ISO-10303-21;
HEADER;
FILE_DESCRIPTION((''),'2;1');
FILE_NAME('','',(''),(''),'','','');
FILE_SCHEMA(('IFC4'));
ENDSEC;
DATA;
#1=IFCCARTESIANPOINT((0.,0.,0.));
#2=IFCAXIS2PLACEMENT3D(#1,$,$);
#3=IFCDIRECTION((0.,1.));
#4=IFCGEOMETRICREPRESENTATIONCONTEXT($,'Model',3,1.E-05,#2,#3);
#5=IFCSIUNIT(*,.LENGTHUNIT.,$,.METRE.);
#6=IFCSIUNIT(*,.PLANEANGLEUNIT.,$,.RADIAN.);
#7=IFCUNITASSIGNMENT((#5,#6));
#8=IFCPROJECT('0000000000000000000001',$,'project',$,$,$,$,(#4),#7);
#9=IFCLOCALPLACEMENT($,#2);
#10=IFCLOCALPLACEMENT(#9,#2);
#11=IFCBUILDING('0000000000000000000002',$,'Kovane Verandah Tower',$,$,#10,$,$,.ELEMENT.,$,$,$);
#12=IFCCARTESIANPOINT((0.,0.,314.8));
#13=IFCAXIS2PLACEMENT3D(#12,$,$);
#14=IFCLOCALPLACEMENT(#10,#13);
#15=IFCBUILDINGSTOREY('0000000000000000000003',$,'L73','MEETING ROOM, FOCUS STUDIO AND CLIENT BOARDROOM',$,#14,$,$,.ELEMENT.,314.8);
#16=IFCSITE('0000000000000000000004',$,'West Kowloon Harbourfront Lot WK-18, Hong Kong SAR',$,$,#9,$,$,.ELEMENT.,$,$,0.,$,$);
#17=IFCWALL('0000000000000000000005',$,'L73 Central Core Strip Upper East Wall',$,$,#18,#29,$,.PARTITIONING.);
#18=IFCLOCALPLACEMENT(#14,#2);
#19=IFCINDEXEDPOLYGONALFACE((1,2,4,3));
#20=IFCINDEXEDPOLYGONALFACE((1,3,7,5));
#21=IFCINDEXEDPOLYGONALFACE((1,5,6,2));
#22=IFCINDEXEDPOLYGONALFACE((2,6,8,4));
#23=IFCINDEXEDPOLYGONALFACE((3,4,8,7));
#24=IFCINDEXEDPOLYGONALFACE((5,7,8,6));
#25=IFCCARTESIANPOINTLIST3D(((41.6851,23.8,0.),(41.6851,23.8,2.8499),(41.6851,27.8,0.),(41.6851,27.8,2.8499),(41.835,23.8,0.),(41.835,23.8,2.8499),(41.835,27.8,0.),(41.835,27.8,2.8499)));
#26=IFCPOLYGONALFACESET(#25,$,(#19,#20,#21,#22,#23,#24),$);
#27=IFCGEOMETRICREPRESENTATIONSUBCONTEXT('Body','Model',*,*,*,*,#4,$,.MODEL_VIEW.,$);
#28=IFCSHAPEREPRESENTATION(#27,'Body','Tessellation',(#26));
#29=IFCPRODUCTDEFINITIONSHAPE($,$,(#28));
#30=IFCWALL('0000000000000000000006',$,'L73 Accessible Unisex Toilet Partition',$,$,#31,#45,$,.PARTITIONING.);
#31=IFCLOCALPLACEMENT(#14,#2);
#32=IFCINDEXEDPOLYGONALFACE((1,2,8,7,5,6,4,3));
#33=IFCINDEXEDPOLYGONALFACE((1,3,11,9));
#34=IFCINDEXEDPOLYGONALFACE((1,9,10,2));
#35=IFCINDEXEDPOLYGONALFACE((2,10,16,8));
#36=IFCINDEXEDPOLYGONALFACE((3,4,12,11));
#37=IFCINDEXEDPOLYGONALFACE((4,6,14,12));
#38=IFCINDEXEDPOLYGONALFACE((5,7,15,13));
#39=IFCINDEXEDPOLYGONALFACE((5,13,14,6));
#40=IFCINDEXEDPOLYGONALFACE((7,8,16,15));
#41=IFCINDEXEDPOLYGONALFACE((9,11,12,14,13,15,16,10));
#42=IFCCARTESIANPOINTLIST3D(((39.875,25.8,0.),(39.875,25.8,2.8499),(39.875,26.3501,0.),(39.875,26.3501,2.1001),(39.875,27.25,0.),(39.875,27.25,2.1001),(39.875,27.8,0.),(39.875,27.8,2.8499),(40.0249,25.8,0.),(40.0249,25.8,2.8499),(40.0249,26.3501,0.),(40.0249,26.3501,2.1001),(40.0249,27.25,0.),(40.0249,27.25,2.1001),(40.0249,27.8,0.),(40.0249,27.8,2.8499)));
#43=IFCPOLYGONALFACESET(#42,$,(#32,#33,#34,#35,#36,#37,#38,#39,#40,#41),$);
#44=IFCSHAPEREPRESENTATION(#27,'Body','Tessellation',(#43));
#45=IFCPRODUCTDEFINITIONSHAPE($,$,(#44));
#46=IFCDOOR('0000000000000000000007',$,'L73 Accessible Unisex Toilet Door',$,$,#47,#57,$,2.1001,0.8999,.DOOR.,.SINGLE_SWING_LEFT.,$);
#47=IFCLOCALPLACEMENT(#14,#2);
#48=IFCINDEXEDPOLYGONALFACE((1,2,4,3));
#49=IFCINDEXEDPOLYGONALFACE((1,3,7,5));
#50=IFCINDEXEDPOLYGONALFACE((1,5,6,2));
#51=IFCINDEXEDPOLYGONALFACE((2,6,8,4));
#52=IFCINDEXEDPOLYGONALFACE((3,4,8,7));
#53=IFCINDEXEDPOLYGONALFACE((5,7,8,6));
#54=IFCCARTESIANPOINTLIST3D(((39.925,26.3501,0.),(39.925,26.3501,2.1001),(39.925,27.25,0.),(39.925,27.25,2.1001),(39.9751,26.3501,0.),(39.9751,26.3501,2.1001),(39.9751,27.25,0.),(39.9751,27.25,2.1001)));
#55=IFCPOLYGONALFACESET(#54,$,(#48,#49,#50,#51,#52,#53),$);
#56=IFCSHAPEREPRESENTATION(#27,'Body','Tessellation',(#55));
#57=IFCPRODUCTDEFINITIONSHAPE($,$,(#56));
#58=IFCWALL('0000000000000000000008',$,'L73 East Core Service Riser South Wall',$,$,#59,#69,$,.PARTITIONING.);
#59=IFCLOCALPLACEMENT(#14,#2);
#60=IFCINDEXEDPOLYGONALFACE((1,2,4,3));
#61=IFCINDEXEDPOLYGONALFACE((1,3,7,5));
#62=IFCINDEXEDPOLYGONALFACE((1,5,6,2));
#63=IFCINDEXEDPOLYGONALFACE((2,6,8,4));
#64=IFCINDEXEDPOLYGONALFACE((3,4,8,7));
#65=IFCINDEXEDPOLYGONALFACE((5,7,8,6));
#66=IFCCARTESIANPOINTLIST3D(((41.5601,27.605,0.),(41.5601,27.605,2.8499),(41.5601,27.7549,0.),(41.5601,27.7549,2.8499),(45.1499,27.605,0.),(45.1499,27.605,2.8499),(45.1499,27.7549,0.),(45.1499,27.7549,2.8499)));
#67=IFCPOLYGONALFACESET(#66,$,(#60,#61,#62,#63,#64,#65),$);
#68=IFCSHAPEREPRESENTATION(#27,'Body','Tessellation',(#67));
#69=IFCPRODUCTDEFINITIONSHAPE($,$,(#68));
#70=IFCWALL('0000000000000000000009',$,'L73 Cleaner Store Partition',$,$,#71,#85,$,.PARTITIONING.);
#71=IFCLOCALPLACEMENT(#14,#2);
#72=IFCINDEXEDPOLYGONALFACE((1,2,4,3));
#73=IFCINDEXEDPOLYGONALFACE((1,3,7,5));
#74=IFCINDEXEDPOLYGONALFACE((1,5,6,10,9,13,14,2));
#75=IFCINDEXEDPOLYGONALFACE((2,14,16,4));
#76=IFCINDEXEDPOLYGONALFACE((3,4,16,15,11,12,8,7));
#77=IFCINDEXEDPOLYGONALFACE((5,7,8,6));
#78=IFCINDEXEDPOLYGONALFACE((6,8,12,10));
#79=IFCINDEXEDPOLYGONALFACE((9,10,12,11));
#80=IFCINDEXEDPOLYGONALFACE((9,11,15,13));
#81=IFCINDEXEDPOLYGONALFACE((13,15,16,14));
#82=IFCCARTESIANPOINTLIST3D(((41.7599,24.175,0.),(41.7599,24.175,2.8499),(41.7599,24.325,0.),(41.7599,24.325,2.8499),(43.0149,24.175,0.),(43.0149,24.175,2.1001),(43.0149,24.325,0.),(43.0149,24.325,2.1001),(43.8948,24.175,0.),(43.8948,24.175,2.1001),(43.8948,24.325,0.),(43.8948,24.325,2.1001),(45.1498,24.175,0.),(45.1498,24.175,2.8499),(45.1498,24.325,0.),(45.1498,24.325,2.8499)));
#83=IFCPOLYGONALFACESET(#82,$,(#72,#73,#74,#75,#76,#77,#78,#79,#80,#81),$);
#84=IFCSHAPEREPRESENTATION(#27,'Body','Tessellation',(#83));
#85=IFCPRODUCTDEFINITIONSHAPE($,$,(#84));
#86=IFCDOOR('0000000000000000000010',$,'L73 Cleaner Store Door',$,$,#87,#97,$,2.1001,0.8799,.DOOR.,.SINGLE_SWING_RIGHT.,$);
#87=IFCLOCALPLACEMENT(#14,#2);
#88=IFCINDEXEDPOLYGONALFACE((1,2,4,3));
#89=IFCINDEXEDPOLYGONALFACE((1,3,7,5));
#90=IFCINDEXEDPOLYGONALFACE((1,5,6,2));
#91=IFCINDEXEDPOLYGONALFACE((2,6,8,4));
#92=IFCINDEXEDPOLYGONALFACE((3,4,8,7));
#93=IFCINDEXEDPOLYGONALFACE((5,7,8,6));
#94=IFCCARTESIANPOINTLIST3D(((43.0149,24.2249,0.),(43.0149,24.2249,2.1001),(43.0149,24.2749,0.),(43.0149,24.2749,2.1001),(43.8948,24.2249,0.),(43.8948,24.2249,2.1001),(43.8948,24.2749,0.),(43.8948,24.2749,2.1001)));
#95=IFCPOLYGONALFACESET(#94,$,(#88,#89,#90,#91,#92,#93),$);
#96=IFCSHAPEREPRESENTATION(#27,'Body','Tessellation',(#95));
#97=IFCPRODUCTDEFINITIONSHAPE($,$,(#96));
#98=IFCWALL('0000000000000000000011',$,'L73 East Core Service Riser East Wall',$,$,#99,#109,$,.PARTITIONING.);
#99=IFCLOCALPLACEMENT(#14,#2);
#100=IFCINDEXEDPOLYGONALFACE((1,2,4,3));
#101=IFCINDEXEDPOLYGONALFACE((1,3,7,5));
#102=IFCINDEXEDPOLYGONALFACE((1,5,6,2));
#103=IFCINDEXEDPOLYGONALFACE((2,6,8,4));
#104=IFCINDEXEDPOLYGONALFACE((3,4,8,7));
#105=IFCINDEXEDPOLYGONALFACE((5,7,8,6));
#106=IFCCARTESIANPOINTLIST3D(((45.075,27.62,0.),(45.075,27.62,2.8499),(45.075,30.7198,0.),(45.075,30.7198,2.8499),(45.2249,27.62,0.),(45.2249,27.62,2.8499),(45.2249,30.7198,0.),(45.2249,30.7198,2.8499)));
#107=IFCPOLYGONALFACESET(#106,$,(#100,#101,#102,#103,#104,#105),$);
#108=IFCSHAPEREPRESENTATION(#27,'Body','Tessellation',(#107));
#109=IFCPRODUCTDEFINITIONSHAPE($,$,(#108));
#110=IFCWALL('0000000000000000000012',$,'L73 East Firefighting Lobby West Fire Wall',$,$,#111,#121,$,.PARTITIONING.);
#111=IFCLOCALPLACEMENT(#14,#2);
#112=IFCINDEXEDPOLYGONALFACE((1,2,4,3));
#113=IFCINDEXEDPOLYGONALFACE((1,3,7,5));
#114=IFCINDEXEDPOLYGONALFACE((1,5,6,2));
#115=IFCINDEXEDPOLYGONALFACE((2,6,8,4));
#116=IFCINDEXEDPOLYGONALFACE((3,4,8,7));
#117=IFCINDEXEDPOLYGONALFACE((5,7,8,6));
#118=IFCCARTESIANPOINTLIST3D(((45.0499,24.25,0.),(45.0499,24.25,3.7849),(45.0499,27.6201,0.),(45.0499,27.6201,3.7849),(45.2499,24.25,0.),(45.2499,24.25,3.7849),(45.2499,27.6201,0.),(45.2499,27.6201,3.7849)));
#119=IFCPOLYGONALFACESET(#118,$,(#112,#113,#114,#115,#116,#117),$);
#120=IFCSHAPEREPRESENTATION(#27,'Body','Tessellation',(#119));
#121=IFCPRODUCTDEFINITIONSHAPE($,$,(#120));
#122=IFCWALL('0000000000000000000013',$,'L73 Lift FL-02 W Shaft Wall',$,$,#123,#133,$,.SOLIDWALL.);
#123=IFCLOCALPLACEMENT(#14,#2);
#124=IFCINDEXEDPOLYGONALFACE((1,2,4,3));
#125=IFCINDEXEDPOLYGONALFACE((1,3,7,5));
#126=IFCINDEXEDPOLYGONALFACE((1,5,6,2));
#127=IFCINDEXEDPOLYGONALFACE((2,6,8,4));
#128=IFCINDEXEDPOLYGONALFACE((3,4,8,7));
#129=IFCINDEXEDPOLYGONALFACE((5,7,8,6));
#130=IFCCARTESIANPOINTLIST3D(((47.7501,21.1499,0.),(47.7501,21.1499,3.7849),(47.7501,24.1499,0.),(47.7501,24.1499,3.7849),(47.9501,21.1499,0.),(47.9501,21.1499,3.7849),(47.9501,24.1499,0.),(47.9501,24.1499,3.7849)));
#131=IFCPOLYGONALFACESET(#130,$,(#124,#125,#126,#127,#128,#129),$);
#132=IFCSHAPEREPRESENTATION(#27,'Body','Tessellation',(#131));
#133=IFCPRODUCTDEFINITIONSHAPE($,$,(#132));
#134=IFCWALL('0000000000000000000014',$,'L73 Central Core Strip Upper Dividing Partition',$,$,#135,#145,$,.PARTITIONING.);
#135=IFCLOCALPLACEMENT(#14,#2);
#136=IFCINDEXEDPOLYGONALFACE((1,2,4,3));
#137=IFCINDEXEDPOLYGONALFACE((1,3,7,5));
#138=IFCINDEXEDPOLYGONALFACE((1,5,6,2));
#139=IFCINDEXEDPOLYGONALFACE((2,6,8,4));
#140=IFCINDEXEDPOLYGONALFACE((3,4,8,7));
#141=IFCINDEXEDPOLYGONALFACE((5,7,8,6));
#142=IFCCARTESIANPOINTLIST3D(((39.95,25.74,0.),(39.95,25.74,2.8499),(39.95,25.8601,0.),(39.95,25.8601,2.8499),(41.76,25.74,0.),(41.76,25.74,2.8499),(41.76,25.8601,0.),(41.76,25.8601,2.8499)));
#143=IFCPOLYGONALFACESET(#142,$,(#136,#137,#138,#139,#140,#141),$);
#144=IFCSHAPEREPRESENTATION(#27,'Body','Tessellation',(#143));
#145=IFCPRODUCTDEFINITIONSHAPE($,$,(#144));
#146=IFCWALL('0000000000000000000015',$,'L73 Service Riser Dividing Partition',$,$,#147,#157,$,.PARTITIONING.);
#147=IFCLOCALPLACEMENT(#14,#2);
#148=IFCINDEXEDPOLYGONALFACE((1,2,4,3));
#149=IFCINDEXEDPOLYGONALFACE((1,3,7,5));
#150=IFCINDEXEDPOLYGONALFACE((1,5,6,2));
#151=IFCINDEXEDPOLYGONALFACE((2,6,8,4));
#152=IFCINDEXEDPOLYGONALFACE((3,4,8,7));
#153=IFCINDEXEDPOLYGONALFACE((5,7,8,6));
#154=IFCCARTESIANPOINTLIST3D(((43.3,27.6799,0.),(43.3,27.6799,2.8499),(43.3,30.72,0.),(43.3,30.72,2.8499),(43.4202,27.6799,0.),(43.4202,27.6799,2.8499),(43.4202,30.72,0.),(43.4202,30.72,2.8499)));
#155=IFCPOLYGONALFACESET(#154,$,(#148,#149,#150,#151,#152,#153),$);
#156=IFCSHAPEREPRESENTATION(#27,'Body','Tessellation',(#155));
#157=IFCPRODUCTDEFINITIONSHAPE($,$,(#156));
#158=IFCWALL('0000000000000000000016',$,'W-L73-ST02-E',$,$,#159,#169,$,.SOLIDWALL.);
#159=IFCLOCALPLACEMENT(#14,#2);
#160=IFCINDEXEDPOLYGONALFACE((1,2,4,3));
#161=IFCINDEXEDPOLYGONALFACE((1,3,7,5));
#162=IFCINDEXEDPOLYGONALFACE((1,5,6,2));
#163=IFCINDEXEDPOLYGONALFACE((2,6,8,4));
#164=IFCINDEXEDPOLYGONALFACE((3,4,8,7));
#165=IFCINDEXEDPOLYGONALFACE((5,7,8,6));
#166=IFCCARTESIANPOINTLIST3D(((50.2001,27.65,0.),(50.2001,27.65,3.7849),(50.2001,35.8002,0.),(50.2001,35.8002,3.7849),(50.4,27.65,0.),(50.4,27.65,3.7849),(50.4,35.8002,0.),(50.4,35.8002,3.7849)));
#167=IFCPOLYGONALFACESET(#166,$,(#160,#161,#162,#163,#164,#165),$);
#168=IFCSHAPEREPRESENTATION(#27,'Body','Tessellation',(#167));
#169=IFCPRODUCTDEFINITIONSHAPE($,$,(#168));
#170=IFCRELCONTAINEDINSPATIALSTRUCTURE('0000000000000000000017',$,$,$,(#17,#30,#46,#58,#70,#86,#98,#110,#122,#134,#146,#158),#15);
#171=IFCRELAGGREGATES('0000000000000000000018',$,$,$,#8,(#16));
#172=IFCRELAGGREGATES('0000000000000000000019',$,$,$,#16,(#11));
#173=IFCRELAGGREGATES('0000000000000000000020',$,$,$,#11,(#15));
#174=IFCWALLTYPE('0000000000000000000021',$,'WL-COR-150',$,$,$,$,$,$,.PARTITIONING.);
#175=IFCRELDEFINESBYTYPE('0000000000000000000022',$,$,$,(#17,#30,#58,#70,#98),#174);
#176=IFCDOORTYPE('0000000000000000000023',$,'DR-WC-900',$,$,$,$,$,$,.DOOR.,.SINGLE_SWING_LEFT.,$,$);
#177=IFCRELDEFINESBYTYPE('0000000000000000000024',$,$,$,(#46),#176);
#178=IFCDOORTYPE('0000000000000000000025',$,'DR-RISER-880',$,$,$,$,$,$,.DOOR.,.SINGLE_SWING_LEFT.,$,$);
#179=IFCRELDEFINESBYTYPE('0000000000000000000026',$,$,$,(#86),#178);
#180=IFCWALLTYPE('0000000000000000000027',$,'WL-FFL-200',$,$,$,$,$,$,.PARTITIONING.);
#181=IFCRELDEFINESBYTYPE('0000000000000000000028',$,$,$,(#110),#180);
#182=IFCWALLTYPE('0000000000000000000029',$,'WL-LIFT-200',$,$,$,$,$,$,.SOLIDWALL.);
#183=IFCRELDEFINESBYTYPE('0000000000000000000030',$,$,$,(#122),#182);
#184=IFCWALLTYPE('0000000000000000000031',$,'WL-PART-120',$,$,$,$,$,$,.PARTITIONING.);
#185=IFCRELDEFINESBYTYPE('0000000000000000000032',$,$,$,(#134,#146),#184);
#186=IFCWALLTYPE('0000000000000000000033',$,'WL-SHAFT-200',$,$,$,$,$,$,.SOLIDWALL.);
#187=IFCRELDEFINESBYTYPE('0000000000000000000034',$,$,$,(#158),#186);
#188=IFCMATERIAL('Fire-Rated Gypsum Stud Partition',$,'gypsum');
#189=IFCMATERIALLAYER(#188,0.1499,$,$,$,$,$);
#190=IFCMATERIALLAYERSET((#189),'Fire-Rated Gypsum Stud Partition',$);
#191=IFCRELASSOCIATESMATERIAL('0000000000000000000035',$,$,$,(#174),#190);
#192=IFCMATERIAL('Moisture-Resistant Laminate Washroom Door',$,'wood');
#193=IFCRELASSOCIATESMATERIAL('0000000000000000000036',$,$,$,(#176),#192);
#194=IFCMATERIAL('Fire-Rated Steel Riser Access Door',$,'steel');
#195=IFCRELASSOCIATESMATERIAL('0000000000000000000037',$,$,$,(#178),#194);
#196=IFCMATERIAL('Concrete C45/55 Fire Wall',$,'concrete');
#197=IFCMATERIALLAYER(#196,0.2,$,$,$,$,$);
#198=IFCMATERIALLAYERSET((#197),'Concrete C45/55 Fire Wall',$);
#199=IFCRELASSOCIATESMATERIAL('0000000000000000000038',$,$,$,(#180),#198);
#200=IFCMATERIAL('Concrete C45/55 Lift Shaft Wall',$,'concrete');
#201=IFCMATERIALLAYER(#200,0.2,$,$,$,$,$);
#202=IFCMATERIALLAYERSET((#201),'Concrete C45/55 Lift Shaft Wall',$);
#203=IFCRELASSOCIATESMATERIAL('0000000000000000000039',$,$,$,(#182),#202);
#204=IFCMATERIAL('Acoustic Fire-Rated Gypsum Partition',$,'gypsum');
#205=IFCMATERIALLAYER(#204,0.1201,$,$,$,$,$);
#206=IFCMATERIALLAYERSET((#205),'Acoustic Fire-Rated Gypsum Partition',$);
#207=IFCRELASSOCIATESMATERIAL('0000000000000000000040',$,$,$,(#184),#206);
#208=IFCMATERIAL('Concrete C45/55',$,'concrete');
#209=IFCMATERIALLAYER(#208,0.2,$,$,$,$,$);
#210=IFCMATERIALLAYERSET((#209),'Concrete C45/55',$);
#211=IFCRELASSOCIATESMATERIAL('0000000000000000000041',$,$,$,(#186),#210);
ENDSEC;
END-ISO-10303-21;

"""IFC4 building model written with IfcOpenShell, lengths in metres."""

from ifc_helpers import new_model, si_unit, direction, frame, frame_2d, origin, place, context, subcontext, project, spatial, rectangle, extrude, material, layer, layer_set, type_object, element, fill, save


model = new_model("IFC4")

# Units and contexts
model_context = context("Model", 3, precision=1e-05, world=origin(), true_north=direction((0.0, 1.0)))
body_context = subcontext(model_context, "Body", "Model", "MODEL_VIEW")
ifc_project = project(units=[si_unit("LENGTHUNIT", "METRE"), si_unit("PLANEANGLEUNIT", "RADIAN")], contexts=[model_context])

# Site, building, storey
site_placement = place(None, origin())
site = spatial("IfcSite", under=ifc_project, at=site_placement, Name="West Kowloon Harbourfront Lot WK-18, Hong Kong SAR", CompositionType="ELEMENT", RefElevation=0.0)
building_placement = place(site_placement, origin())
building = spatial("IfcBuilding", under=site, at=building_placement, Name="Kovane Verandah Tower", CompositionType="ELEMENT")
storey_placement = place(building_placement, frame((0.0, 0.0, 314.8)))
storey = spatial("IfcBuildingStorey", under=building, at=storey_placement, Name="L73", Description="MEETING ROOM, FOCUS STUDIO AND CLIENT BOARDROOM", CompositionType="ELEMENT", Elevation=314.8)

# Wall
ifc_material_1 = material(Name="Fire-Rated Gypsum Stud Partition", Category="gypsum")
ifc_layer_1 = layer(ifc_material_1, 0.1499)
ifc_layer_set_1 = layer_set([ifc_layer_1], Name="Fire-Rated Gypsum Stud Partition")
wall_type_1 = type_object("IfcWallType", Name="WL-COR-150", PredefinedType="PARTITIONING", material=ifc_layer_set_1)
wall_1_placement = place(storey_placement, frame((41.76, 23.8, 0.0), z_axis=(0.0, 0.0, 1.0), x_axis=(0.0, 1.0, 0.0)))
element("IfcWall", 1, at=wall_1_placement, inside=storey, type_object=wall_type_1, Name="L73 Central Core Strip Upper East Wall", PredefinedType="PARTITIONING", context=body_context, shape_type="SweptSolid", body=[
    extrude(rectangle(XDim=4.0, YDim=0.1499, at=frame_2d((2.0, 0.0))), origin(), (0.0, 0.0, 1.0), 2.8499),
])

# Wall, opening, door
wall_2_placement = place(storey_placement, frame((39.95, 25.8, 0.0), z_axis=(0.0, 0.0, 1.0), x_axis=(0.0, 1.0, 0.0)))
wall_2 = element("IfcWall", 2, at=wall_2_placement, inside=storey, type_object=wall_type_1, Name="L73 Accessible Unisex Toilet Partition", PredefinedType="PARTITIONING", context=body_context, shape_type="SweptSolid", body=[
    extrude(rectangle(XDim=2.0, YDim=0.1499, at=frame_2d((1.0, 0.0))), origin(), (0.0, 0.0, 1.0), 2.8499),
])
opening_1_placement = place(wall_2_placement, frame((0.55, 0.0, 0.0)))
opening_1 = element("IfcOpeningElement", 3, at=opening_1_placement, cuts=wall_2, PredefinedType="OPENING", context=body_context, shape_type="SweptSolid", body=[
    extrude(rectangle(XDim=0.8999, YDim=2.1001, at=frame_2d((0.45, 1.05))), frame((0.0, 0.075, 0.0), z_axis=(0.0, -1.0, 0.0), x_axis=(1.0, 0.0, 0.0)), (0.0, 0.0, 1.0), 0.1499),
])
ifc_material_2 = material(Name="Moisture-Resistant Laminate Washroom Door", Category="wood")
door_type_1 = type_object("IfcDoorType", Name="DR-WC-900", OperationType="SINGLE_SWING_LEFT", PredefinedType="DOOR", material=ifc_material_2)
door_1_placement = place(opening_1_placement, origin())
door_1 = element("IfcDoor", 4, at=door_1_placement, inside=storey, type_object=door_type_1, Name="L73 Accessible Unisex Toilet Door", OperationType="SINGLE_SWING_LEFT", OverallHeight=2.1001, OverallWidth=0.8999, PredefinedType="DOOR", context=body_context, shape_type="SweptSolid", body=[
    extrude(rectangle(XDim=0.8999, YDim=2.1001, at=frame_2d((0.45, 1.05))), frame((0.0, 0.0249, 0.0), z_axis=(0.0, -1.0, 0.0), x_axis=(1.0, 0.0, 0.0)), (0.0, 0.0, 1.0), 0.05),
])
fill(opening_1, door_1)

# Wall
wall_3_placement = place(storey_placement, frame((41.5601, 27.6799, 0.0), z_axis=(0.0, 0.0, 1.0), x_axis=(1.0, 0.0, 0.0)))
element("IfcWall", 5, at=wall_3_placement, inside=storey, type_object=wall_type_1, Name="L73 East Core Service Riser South Wall", PredefinedType="PARTITIONING", context=body_context, shape_type="SweptSolid", body=[
    extrude(rectangle(XDim=3.5898, YDim=0.1499, at=frame_2d((1.7949, 0.0))), origin(), (0.0, 0.0, 1.0), 2.8499),
])

# Wall, opening, door
wall_4_placement = place(storey_placement, frame((41.76, 24.25, 0.0), z_axis=(0.0, 0.0, 1.0), x_axis=(1.0, 0.0, 0.0)))
wall_4 = element("IfcWall", 6, at=wall_4_placement, inside=storey, type_object=wall_type_1, Name="L73 Cleaner Store Partition", PredefinedType="PARTITIONING", context=body_context, shape_type="SweptSolid", body=[
    extrude(rectangle(XDim=3.3899, YDim=0.1499, at=frame_2d((1.6948, 0.0))), origin(), (0.0, 0.0, 1.0), 2.8499),
])
opening_2_placement = place(wall_4_placement, frame((1.2549, 0.0, 0.0)))
opening_2 = element("IfcOpeningElement", 7, at=opening_2_placement, cuts=wall_4, PredefinedType="OPENING", context=body_context, shape_type="SweptSolid", body=[
    extrude(rectangle(XDim=0.8799, YDim=2.1001, at=frame_2d((0.4399, 1.05))), frame((0.0, 0.075, 0.0), z_axis=(0.0, -1.0, 0.0), x_axis=(1.0, 0.0, 0.0)), (0.0, 0.0, 1.0), 0.1499),
])
ifc_material_3 = material(Name="Fire-Rated Steel Riser Access Door", Category="steel")
door_type_2 = type_object("IfcDoorType", Name="DR-RISER-880", OperationType="SINGLE_SWING_LEFT", PredefinedType="DOOR", material=ifc_material_3)
door_2_placement = place(opening_2_placement, origin())
door_2 = element("IfcDoor", 8, at=door_2_placement, inside=storey, type_object=door_type_2, Name="L73 Cleaner Store Door", OperationType="SINGLE_SWING_RIGHT", OverallHeight=2.1001, OverallWidth=0.8799, PredefinedType="DOOR", context=body_context, shape_type="SweptSolid", body=[
    extrude(rectangle(XDim=0.8799, YDim=2.1001, at=frame_2d((0.4399, 1.05))), frame((0.0, 0.0249, 0.0), z_axis=(0.0, -1.0, 0.0), x_axis=(1.0, 0.0, 0.0)), (0.0, 0.0, 1.0), 0.05),
])
fill(opening_2, door_2)

# Walls
wall_5_placement = place(storey_placement, frame((45.1499, 27.6201, 0.0), z_axis=(0.0, 0.0, 1.0), x_axis=(0.0, 1.0, 0.0)))
element("IfcWall", 9, at=wall_5_placement, inside=storey, type_object=wall_type_1, Name="L73 East Core Service Riser East Wall", PredefinedType="PARTITIONING", context=body_context, shape_type="SweptSolid", body=[
    extrude(rectangle(XDim=3.0999, YDim=0.1499, at=frame_2d((1.5498, 0.0))), origin(), (0.0, 0.0, 1.0), 2.8499),
])
ifc_material_4 = material(Name="Concrete C45/55 Fire Wall", Category="concrete")
ifc_layer_2 = layer(ifc_material_4, 0.2)
ifc_layer_set_2 = layer_set([ifc_layer_2], Name="Concrete C45/55 Fire Wall")
wall_type_2 = type_object("IfcWallType", Name="WL-FFL-200", PredefinedType="PARTITIONING", material=ifc_layer_set_2)
wall_6_placement = place(storey_placement, frame((45.1499, 24.25, 0.0), z_axis=(0.0, 0.0, 1.0), x_axis=(0.0, 1.0, 0.0)))
element("IfcWall", 10, at=wall_6_placement, inside=storey, type_object=wall_type_2, Name="L73 East Firefighting Lobby West Fire Wall", PredefinedType="PARTITIONING", context=body_context, shape_type="SweptSolid", body=[
    extrude(rectangle(XDim=3.3701, YDim=0.2, at=frame_2d((1.6851, 0.0))), origin(), (0.0, 0.0, 1.0), 3.7849),
])

# Shared definitions
ifc_material_5 = material(Name="Concrete C45/55 Lift Shaft Wall", Category="concrete")
ifc_layer_3 = layer(ifc_material_5, 0.2)
ifc_layer_set_3 = layer_set([ifc_layer_3], Name="Concrete C45/55 Lift Shaft Wall")
wall_type_3 = type_object("IfcWallType", Name="WL-LIFT-200", PredefinedType="SOLIDWALL", material=ifc_layer_set_3)

# Walls
wall_7_placement = place(storey_placement, frame((47.8501, 24.1499, 0.0), z_axis=(0.0, 0.0, 1.0), x_axis=(0.0, -1.0, 0.0)))
element("IfcWall", 11, at=wall_7_placement, inside=storey, type_object=wall_type_3, Name="L73 Lift FL-02 W Shaft Wall", PredefinedType="SOLIDWALL", context=body_context, shape_type="SweptSolid", body=[
    extrude(rectangle(XDim=3.0, YDim=0.2, at=frame_2d((1.5, 0.0))), origin(), (0.0, 0.0, 1.0), 3.7849),
])
ifc_material_6 = material(Name="Acoustic Fire-Rated Gypsum Partition", Category="gypsum")
ifc_layer_4 = layer(ifc_material_6, 0.1201)
ifc_layer_set_4 = layer_set([ifc_layer_4], Name="Acoustic Fire-Rated Gypsum Partition")
wall_type_4 = type_object("IfcWallType", Name="WL-PART-120", PredefinedType="PARTITIONING", material=ifc_layer_set_4)
wall_8_placement = place(storey_placement, frame((39.95, 25.8, 0.0), z_axis=(0.0, 0.0, 1.0), x_axis=(1.0, 0.0, 0.0)))
element("IfcWall", 12, at=wall_8_placement, inside=storey, type_object=wall_type_4, Name="L73 Central Core Strip Upper Dividing Partition", PredefinedType="PARTITIONING", context=body_context, shape_type="SweptSolid", body=[
    extrude(rectangle(XDim=1.8101, YDim=0.1201, at=frame_2d((0.905, 0.0))), origin(), (0.0, 0.0, 1.0), 2.8499),
])
wall_9_placement = place(storey_placement, frame((43.3601, 27.6799, 0.0), z_axis=(0.0, 0.0, 1.0), x_axis=(0.0, 1.0, 0.0)))
element("IfcWall", 13, at=wall_9_placement, inside=storey, type_object=wall_type_4, Name="L73 Service Riser Dividing Partition", PredefinedType="PARTITIONING", context=body_context, shape_type="SweptSolid", body=[
    extrude(rectangle(XDim=3.04, YDim=0.1201, at=frame_2d((1.52, 0.0))), origin(), (0.0, 0.0, 1.0), 2.8499),
])
ifc_material_7 = material(Name="Concrete C45/55", Category="concrete")
ifc_layer_5 = layer(ifc_material_7, 0.2)
ifc_layer_set_5 = layer_set([ifc_layer_5], Name="Concrete C45/55")
wall_type_5 = type_object("IfcWallType", Name="WL-SHAFT-200", PredefinedType="SOLIDWALL", material=ifc_layer_set_5)
wall_10_placement = place(storey_placement, frame((50.3, 27.6499, 0.0), z_axis=(0.0, 0.0, 1.0), x_axis=(0.0, 1.0, 0.0)))
element("IfcWall", 14, at=wall_10_placement, inside=storey, type_object=wall_type_5, Name="W-L73-ST02-E", PredefinedType="SOLIDWALL", context=body_context, shape_type="SweptSolid", body=[
    extrude(rectangle(XDim=8.1501, YDim=0.2, at=frame_2d((4.0752, 0.0))), origin(), (0.0, 0.0, 1.0), 3.7849),
])

save(model, "model.ifc")
